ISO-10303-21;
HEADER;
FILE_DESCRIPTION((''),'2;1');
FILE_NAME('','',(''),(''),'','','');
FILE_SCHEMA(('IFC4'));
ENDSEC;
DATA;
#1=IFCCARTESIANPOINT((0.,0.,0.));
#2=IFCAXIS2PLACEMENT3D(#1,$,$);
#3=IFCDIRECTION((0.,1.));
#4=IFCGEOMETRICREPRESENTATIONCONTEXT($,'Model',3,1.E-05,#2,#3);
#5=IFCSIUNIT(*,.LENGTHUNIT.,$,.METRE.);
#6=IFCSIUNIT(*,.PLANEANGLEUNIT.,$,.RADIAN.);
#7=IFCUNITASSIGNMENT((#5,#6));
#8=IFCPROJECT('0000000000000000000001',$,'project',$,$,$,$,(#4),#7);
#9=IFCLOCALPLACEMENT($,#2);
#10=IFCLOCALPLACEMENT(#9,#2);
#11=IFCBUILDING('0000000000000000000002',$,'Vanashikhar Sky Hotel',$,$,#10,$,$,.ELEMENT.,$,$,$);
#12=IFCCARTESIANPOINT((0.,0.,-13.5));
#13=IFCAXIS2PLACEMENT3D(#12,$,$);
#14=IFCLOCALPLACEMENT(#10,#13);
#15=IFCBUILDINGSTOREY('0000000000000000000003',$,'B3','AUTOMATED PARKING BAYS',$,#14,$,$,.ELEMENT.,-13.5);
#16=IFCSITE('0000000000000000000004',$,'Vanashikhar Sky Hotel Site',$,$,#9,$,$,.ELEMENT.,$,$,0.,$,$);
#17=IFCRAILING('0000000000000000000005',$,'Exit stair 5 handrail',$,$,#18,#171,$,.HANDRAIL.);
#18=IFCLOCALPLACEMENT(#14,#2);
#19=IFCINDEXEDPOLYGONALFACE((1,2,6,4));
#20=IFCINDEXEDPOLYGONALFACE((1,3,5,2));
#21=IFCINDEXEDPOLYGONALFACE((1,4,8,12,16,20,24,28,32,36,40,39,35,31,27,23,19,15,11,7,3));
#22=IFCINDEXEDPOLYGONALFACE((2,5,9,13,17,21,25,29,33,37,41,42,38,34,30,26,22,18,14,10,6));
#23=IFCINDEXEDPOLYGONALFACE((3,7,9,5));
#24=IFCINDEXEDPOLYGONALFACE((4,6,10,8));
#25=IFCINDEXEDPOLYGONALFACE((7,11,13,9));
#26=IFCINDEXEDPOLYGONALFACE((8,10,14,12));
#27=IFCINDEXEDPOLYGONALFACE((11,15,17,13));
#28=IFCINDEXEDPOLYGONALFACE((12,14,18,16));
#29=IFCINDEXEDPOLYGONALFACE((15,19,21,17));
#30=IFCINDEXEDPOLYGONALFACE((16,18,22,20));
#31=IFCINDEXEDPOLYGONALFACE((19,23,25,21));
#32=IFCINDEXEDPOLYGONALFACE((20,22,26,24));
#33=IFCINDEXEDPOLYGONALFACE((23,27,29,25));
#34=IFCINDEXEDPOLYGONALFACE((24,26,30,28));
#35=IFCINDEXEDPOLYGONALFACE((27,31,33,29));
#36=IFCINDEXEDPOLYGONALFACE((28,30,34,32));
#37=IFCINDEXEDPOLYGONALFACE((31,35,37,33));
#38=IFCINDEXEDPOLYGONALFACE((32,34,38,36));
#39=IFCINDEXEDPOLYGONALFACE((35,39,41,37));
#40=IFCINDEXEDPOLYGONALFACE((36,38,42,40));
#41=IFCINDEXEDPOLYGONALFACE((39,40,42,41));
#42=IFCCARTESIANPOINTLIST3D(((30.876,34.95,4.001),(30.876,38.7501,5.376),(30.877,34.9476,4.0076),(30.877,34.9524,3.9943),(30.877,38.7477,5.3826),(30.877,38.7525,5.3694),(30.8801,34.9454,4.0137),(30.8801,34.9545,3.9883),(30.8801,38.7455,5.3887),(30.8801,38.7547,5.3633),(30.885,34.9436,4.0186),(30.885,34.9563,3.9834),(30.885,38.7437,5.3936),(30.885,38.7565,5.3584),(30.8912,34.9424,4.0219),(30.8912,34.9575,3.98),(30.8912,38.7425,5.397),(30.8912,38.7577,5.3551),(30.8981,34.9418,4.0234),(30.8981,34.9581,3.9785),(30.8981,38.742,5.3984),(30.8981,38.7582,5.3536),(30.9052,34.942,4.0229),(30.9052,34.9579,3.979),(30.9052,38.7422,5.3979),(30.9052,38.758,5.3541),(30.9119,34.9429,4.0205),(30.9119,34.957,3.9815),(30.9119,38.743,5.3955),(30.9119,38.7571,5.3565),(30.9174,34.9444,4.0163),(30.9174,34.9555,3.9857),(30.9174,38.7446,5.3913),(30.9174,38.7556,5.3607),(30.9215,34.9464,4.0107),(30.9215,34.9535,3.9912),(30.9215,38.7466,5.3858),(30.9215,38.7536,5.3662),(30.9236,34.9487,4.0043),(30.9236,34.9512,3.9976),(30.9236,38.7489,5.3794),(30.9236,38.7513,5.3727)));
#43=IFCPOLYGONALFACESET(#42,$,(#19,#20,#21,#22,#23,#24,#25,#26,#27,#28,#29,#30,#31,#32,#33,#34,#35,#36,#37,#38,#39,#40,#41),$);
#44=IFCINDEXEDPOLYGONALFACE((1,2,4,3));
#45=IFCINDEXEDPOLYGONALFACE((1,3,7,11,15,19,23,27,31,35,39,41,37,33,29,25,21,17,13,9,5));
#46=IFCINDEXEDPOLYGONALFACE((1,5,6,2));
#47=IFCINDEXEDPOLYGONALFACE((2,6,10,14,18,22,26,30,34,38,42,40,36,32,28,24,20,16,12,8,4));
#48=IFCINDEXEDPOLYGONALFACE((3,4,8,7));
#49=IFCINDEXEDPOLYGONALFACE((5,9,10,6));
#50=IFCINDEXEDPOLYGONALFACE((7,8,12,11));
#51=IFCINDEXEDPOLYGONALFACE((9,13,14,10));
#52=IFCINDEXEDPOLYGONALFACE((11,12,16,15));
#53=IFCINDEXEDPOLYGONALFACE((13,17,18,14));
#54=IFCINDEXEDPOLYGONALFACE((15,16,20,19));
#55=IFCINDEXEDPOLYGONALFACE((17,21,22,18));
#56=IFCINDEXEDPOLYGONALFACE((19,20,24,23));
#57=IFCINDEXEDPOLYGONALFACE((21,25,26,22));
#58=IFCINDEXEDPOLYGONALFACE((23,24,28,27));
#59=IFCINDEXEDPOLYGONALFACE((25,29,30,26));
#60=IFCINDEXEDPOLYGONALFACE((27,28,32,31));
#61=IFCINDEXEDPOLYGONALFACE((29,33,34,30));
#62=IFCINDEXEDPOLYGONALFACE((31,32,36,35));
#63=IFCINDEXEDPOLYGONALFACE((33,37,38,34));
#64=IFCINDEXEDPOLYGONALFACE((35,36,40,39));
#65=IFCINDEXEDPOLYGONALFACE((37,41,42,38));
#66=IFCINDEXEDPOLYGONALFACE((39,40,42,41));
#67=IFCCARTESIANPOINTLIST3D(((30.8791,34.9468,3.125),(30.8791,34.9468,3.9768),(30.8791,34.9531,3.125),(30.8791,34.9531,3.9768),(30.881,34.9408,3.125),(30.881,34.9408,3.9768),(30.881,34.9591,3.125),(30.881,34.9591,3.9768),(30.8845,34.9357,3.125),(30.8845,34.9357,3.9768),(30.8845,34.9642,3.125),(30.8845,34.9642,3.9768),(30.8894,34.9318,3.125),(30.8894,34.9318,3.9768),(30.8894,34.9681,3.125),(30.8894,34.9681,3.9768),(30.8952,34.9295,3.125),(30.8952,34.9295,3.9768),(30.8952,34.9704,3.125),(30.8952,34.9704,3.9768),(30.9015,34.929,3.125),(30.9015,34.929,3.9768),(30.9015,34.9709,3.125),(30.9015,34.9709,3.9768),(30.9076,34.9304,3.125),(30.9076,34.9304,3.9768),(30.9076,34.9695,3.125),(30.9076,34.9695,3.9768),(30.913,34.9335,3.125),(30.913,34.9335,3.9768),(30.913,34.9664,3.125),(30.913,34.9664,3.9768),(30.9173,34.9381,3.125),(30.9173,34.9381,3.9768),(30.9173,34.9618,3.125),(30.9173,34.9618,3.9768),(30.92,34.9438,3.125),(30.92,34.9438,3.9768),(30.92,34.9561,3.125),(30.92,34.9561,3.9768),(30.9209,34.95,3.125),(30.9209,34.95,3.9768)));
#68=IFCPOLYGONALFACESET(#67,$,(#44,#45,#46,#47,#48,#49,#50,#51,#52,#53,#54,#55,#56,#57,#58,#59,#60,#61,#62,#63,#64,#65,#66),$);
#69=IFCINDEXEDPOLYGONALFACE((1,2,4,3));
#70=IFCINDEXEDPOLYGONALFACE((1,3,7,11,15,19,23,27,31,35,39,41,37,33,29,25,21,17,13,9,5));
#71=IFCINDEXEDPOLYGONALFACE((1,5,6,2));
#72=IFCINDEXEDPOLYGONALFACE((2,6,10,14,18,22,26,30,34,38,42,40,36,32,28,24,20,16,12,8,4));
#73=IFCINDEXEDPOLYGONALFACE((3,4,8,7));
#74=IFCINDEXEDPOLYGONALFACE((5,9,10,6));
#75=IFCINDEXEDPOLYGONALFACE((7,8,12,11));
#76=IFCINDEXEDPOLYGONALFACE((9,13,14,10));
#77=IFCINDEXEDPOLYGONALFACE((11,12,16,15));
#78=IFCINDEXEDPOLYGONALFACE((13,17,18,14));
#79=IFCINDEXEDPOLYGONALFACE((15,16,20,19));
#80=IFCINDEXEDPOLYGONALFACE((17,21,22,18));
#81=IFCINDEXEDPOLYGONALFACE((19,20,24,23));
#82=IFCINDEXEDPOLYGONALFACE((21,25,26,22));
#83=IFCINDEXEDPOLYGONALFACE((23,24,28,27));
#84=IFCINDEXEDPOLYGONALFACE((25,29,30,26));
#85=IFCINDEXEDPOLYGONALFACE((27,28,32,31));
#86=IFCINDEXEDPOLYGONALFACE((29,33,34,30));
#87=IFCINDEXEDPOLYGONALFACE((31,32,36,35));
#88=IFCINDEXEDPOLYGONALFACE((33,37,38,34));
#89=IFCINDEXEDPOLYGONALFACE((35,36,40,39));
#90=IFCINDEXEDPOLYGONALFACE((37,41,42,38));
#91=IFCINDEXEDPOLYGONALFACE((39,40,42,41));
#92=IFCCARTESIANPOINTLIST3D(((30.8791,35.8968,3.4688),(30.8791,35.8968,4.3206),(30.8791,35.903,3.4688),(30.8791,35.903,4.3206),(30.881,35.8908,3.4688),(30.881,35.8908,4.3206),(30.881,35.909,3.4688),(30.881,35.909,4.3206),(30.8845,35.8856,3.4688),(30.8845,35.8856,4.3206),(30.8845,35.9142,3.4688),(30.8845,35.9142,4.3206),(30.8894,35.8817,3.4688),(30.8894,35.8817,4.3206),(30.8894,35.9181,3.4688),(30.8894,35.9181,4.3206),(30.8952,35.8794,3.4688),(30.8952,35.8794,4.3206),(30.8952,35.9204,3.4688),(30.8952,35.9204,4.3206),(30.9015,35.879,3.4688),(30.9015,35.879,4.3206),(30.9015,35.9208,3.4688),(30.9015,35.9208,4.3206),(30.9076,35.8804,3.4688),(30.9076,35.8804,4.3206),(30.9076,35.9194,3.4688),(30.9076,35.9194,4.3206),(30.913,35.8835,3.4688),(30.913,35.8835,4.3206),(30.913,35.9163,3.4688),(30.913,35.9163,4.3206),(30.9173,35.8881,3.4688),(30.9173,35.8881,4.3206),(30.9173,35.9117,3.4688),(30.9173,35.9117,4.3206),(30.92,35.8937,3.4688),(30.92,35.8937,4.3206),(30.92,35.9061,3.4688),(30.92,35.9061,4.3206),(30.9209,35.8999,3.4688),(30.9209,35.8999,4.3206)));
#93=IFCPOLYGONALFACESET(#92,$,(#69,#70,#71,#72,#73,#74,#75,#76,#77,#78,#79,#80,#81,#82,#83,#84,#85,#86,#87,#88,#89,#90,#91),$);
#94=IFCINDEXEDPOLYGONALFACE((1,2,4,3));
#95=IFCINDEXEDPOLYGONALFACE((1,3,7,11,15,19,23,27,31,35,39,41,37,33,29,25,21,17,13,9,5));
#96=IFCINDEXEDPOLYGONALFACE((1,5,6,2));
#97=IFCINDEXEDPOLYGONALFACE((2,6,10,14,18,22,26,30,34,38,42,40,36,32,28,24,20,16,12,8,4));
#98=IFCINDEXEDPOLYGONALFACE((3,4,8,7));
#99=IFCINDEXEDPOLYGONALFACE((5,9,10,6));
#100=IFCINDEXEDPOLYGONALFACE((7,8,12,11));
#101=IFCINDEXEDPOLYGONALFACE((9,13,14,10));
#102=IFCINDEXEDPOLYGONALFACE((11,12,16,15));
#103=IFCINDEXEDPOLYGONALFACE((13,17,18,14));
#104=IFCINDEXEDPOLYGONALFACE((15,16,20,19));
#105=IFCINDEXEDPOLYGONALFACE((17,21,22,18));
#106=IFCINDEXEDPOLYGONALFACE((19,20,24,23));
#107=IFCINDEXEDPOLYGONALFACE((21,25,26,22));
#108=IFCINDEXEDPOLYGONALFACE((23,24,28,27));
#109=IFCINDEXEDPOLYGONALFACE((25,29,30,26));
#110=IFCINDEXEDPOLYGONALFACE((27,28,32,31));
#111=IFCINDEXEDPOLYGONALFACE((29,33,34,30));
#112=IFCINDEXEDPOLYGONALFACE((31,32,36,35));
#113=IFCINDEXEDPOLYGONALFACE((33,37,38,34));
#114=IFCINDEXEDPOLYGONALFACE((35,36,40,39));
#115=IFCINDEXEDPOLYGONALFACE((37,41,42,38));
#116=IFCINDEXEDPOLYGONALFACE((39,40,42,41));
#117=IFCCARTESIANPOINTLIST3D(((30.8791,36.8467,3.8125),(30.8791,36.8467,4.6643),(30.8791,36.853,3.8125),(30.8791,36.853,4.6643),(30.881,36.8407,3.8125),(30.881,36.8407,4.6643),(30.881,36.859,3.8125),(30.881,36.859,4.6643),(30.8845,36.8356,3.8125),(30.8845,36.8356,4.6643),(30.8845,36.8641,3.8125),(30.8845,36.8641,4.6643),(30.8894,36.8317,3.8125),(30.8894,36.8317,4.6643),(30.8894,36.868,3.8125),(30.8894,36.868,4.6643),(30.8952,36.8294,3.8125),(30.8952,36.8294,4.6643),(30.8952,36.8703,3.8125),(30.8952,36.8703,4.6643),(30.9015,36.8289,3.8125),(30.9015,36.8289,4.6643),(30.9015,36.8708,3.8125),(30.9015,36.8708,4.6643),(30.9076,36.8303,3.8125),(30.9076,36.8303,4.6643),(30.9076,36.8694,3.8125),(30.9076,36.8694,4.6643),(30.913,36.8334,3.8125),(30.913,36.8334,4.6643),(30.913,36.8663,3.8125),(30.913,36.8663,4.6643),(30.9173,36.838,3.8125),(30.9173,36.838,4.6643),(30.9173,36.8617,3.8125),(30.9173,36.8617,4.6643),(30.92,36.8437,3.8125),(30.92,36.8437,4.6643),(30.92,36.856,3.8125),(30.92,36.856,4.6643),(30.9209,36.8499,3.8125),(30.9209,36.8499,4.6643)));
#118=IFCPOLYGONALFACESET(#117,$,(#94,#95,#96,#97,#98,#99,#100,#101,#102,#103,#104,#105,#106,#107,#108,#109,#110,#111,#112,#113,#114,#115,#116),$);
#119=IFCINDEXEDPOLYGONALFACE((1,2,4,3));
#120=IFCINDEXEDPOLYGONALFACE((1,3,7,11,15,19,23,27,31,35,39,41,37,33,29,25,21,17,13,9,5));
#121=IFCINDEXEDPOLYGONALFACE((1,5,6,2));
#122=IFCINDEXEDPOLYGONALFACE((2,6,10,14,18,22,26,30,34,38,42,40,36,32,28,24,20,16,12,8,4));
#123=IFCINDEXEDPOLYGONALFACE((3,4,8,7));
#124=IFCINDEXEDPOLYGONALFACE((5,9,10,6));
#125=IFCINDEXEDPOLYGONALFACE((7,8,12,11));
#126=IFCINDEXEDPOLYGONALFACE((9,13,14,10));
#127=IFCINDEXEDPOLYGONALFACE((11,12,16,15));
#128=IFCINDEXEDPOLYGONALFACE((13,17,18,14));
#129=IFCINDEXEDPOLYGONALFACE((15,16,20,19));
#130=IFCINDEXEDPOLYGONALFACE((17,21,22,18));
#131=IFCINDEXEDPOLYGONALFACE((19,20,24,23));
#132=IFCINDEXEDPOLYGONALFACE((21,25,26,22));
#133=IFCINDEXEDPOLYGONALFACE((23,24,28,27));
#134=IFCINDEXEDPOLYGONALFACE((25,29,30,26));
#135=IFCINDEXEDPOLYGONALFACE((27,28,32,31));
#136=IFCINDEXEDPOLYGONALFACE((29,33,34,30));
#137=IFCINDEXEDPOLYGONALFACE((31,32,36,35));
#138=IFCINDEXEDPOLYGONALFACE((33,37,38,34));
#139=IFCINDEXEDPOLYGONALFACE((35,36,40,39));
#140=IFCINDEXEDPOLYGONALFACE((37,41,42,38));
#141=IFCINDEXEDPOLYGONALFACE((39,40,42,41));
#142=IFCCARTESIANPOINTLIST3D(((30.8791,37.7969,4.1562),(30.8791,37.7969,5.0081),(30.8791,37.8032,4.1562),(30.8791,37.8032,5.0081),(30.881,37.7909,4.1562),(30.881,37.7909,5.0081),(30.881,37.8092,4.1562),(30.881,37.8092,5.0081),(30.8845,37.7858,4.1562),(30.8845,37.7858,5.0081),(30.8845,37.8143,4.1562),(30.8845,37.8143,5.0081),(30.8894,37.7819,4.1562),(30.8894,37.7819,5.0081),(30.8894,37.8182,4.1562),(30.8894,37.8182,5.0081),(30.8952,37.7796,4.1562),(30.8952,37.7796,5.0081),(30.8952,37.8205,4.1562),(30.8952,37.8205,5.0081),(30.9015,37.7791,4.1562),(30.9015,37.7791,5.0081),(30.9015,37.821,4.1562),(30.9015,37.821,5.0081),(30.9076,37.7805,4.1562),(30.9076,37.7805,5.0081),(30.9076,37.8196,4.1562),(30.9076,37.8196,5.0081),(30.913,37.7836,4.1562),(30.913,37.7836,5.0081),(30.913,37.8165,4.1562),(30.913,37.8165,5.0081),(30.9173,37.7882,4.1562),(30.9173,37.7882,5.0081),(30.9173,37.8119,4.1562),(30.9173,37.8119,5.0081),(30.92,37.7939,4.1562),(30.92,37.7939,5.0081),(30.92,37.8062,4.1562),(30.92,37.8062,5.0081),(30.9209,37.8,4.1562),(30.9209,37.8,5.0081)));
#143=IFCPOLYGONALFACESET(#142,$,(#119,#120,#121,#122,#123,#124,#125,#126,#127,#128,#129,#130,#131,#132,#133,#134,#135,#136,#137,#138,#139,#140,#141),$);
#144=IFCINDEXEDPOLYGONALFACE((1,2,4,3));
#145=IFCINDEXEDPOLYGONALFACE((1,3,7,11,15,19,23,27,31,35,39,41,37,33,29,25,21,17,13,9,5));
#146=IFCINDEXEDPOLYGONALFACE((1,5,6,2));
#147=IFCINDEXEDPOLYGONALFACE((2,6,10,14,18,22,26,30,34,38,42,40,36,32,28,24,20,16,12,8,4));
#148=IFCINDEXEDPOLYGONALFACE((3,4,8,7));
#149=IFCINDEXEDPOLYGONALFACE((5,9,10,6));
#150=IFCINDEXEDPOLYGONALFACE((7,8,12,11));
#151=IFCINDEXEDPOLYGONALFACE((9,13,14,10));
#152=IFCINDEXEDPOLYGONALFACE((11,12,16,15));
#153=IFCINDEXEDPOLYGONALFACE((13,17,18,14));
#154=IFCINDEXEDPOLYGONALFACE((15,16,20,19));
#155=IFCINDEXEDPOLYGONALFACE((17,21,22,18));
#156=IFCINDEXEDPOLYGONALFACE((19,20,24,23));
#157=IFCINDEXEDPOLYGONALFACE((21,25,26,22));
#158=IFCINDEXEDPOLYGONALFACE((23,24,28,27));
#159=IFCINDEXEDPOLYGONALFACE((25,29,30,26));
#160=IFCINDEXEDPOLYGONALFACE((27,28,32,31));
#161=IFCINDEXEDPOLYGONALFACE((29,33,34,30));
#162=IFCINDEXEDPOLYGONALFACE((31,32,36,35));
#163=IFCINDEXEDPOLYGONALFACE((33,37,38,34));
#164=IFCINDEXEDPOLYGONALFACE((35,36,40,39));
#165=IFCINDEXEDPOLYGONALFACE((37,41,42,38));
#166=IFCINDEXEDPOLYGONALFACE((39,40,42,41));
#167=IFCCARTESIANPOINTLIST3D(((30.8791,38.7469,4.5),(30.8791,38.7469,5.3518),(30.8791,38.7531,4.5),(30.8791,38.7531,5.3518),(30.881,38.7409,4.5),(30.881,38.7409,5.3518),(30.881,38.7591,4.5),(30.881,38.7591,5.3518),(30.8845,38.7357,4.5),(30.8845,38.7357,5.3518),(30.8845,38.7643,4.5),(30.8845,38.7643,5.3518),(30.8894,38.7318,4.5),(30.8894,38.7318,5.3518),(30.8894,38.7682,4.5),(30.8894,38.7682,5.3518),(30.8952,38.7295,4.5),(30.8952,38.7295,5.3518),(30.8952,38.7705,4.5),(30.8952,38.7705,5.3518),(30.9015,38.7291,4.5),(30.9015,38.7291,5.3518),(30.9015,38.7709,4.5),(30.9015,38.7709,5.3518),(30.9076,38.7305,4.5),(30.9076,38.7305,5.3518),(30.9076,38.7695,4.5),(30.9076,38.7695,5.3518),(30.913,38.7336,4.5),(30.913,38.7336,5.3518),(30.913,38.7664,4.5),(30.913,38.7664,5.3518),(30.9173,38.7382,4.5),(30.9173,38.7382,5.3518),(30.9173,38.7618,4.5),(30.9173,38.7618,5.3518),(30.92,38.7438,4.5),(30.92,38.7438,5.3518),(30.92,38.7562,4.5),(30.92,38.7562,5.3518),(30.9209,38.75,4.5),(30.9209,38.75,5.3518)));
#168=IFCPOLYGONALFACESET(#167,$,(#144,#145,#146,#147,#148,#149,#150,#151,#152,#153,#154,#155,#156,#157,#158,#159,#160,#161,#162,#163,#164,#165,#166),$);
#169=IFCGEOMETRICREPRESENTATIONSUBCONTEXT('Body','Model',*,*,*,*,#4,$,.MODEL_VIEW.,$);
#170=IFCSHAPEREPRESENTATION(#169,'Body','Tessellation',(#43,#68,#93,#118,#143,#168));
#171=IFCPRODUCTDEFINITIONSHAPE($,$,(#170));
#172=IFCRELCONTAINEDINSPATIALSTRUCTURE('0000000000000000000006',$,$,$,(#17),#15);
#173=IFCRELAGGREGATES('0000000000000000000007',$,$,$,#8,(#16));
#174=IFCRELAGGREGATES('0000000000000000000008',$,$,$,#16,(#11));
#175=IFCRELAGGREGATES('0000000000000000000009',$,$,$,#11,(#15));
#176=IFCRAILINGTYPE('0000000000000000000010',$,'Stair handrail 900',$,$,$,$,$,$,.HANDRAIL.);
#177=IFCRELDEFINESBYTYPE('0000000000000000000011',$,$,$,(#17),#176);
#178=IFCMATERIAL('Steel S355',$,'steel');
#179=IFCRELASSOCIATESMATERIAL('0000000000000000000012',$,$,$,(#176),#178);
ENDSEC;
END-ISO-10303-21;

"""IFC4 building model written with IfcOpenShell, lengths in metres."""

from ifc_helpers import new_model, si_unit, direction, frame, origin, origin_2d, place, context, subcontext, project, spatial, circle, extrude, source, transform, mapped, material, type_object, element, save


model = new_model("IFC4")

# Units and contexts
model_context = context("Model", 3, precision=1e-05, world=origin(), true_north=direction((0.0, 1.0)))
body_context = subcontext(model_context, "Body", "Model", "MODEL_VIEW")
ifc_project = project(units=[si_unit("LENGTHUNIT", "METRE"), si_unit("PLANEANGLEUNIT", "RADIAN")], contexts=[model_context])

# Site, building, storey
site_placement = place(None, origin())
site = spatial("IfcSite", under=ifc_project, at=site_placement, Name="Vanashikhar Sky Hotel Site", CompositionType="ELEMENT", RefElevation=0.0)
building_placement = place(site_placement, origin())
building = spatial("IfcBuilding", under=site, at=building_placement, Name="Vanashikhar Sky Hotel", CompositionType="ELEMENT")
storey_placement = place(building_placement, frame((0.0, 0.0, -13.5)))
storey = spatial("IfcBuildingStorey", under=building, at=storey_placement, Name="B3", Description="AUTOMATED PARKING BAYS", CompositionType="ELEMENT", Elevation=-13.5)

# Railing
ifc_material_1 = material(Name="Steel S355", Category="steel")
railing_type_1 = type_object("IfcRailingType", Name="Stair handrail 900", PredefinedType="HANDRAIL", material=ifc_material_1)
shared_shape_1 = source(origin(), body_context, "Body", "SweptSolid", [
    extrude(circle(Radius=0.0239, at=origin_2d()), frame((0.0, 0.0, 0.876), z_axis=(0.0, 0.940336, 0.340249), x_axis=(-1.0, 0.0, 0.0)), (0.0, 0.0, 1.0), 4.0413),
    extrude(circle(Radius=0.021, at=origin_2d()), origin(), (0.0, 0.0, 1.0), 0.8518),
    extrude(circle(Radius=0.021, at=origin_2d()), frame((0.0, 0.95, 0.3438)), (0.0, 0.0, 1.0), 0.8518),
    extrude(circle(Radius=0.021, at=origin_2d()), frame((0.0, 1.8999, 0.6875)), (0.0, 0.0, 1.0), 0.8518),
    extrude(circle(Radius=0.021, at=origin_2d()), frame((0.0, 2.8501, 1.0312)), (0.0, 0.0, 1.0), 0.8518),
    extrude(circle(Radius=0.021, at=origin_2d()), frame((0.0, 3.8, 1.375)), (0.0, 0.0, 1.0), 0.8518),
])
for number, where, name in (
    (1, (30.8999, 34.95, 3.125), "Exit stair 5 handrail"),
):
    element("IfcRailing", number, at=place(storey_placement, frame(where)), inside=storey, type_object=railing_type_1, Name=name, PredefinedType="HANDRAIL", context=body_context, shape_type="MappedRepresentation", body=[
        mapped(shared_shape_1, transform((0.0, 0.0, 0.0), scale=1.0)),
    ])

save(model, "model.ifc")
